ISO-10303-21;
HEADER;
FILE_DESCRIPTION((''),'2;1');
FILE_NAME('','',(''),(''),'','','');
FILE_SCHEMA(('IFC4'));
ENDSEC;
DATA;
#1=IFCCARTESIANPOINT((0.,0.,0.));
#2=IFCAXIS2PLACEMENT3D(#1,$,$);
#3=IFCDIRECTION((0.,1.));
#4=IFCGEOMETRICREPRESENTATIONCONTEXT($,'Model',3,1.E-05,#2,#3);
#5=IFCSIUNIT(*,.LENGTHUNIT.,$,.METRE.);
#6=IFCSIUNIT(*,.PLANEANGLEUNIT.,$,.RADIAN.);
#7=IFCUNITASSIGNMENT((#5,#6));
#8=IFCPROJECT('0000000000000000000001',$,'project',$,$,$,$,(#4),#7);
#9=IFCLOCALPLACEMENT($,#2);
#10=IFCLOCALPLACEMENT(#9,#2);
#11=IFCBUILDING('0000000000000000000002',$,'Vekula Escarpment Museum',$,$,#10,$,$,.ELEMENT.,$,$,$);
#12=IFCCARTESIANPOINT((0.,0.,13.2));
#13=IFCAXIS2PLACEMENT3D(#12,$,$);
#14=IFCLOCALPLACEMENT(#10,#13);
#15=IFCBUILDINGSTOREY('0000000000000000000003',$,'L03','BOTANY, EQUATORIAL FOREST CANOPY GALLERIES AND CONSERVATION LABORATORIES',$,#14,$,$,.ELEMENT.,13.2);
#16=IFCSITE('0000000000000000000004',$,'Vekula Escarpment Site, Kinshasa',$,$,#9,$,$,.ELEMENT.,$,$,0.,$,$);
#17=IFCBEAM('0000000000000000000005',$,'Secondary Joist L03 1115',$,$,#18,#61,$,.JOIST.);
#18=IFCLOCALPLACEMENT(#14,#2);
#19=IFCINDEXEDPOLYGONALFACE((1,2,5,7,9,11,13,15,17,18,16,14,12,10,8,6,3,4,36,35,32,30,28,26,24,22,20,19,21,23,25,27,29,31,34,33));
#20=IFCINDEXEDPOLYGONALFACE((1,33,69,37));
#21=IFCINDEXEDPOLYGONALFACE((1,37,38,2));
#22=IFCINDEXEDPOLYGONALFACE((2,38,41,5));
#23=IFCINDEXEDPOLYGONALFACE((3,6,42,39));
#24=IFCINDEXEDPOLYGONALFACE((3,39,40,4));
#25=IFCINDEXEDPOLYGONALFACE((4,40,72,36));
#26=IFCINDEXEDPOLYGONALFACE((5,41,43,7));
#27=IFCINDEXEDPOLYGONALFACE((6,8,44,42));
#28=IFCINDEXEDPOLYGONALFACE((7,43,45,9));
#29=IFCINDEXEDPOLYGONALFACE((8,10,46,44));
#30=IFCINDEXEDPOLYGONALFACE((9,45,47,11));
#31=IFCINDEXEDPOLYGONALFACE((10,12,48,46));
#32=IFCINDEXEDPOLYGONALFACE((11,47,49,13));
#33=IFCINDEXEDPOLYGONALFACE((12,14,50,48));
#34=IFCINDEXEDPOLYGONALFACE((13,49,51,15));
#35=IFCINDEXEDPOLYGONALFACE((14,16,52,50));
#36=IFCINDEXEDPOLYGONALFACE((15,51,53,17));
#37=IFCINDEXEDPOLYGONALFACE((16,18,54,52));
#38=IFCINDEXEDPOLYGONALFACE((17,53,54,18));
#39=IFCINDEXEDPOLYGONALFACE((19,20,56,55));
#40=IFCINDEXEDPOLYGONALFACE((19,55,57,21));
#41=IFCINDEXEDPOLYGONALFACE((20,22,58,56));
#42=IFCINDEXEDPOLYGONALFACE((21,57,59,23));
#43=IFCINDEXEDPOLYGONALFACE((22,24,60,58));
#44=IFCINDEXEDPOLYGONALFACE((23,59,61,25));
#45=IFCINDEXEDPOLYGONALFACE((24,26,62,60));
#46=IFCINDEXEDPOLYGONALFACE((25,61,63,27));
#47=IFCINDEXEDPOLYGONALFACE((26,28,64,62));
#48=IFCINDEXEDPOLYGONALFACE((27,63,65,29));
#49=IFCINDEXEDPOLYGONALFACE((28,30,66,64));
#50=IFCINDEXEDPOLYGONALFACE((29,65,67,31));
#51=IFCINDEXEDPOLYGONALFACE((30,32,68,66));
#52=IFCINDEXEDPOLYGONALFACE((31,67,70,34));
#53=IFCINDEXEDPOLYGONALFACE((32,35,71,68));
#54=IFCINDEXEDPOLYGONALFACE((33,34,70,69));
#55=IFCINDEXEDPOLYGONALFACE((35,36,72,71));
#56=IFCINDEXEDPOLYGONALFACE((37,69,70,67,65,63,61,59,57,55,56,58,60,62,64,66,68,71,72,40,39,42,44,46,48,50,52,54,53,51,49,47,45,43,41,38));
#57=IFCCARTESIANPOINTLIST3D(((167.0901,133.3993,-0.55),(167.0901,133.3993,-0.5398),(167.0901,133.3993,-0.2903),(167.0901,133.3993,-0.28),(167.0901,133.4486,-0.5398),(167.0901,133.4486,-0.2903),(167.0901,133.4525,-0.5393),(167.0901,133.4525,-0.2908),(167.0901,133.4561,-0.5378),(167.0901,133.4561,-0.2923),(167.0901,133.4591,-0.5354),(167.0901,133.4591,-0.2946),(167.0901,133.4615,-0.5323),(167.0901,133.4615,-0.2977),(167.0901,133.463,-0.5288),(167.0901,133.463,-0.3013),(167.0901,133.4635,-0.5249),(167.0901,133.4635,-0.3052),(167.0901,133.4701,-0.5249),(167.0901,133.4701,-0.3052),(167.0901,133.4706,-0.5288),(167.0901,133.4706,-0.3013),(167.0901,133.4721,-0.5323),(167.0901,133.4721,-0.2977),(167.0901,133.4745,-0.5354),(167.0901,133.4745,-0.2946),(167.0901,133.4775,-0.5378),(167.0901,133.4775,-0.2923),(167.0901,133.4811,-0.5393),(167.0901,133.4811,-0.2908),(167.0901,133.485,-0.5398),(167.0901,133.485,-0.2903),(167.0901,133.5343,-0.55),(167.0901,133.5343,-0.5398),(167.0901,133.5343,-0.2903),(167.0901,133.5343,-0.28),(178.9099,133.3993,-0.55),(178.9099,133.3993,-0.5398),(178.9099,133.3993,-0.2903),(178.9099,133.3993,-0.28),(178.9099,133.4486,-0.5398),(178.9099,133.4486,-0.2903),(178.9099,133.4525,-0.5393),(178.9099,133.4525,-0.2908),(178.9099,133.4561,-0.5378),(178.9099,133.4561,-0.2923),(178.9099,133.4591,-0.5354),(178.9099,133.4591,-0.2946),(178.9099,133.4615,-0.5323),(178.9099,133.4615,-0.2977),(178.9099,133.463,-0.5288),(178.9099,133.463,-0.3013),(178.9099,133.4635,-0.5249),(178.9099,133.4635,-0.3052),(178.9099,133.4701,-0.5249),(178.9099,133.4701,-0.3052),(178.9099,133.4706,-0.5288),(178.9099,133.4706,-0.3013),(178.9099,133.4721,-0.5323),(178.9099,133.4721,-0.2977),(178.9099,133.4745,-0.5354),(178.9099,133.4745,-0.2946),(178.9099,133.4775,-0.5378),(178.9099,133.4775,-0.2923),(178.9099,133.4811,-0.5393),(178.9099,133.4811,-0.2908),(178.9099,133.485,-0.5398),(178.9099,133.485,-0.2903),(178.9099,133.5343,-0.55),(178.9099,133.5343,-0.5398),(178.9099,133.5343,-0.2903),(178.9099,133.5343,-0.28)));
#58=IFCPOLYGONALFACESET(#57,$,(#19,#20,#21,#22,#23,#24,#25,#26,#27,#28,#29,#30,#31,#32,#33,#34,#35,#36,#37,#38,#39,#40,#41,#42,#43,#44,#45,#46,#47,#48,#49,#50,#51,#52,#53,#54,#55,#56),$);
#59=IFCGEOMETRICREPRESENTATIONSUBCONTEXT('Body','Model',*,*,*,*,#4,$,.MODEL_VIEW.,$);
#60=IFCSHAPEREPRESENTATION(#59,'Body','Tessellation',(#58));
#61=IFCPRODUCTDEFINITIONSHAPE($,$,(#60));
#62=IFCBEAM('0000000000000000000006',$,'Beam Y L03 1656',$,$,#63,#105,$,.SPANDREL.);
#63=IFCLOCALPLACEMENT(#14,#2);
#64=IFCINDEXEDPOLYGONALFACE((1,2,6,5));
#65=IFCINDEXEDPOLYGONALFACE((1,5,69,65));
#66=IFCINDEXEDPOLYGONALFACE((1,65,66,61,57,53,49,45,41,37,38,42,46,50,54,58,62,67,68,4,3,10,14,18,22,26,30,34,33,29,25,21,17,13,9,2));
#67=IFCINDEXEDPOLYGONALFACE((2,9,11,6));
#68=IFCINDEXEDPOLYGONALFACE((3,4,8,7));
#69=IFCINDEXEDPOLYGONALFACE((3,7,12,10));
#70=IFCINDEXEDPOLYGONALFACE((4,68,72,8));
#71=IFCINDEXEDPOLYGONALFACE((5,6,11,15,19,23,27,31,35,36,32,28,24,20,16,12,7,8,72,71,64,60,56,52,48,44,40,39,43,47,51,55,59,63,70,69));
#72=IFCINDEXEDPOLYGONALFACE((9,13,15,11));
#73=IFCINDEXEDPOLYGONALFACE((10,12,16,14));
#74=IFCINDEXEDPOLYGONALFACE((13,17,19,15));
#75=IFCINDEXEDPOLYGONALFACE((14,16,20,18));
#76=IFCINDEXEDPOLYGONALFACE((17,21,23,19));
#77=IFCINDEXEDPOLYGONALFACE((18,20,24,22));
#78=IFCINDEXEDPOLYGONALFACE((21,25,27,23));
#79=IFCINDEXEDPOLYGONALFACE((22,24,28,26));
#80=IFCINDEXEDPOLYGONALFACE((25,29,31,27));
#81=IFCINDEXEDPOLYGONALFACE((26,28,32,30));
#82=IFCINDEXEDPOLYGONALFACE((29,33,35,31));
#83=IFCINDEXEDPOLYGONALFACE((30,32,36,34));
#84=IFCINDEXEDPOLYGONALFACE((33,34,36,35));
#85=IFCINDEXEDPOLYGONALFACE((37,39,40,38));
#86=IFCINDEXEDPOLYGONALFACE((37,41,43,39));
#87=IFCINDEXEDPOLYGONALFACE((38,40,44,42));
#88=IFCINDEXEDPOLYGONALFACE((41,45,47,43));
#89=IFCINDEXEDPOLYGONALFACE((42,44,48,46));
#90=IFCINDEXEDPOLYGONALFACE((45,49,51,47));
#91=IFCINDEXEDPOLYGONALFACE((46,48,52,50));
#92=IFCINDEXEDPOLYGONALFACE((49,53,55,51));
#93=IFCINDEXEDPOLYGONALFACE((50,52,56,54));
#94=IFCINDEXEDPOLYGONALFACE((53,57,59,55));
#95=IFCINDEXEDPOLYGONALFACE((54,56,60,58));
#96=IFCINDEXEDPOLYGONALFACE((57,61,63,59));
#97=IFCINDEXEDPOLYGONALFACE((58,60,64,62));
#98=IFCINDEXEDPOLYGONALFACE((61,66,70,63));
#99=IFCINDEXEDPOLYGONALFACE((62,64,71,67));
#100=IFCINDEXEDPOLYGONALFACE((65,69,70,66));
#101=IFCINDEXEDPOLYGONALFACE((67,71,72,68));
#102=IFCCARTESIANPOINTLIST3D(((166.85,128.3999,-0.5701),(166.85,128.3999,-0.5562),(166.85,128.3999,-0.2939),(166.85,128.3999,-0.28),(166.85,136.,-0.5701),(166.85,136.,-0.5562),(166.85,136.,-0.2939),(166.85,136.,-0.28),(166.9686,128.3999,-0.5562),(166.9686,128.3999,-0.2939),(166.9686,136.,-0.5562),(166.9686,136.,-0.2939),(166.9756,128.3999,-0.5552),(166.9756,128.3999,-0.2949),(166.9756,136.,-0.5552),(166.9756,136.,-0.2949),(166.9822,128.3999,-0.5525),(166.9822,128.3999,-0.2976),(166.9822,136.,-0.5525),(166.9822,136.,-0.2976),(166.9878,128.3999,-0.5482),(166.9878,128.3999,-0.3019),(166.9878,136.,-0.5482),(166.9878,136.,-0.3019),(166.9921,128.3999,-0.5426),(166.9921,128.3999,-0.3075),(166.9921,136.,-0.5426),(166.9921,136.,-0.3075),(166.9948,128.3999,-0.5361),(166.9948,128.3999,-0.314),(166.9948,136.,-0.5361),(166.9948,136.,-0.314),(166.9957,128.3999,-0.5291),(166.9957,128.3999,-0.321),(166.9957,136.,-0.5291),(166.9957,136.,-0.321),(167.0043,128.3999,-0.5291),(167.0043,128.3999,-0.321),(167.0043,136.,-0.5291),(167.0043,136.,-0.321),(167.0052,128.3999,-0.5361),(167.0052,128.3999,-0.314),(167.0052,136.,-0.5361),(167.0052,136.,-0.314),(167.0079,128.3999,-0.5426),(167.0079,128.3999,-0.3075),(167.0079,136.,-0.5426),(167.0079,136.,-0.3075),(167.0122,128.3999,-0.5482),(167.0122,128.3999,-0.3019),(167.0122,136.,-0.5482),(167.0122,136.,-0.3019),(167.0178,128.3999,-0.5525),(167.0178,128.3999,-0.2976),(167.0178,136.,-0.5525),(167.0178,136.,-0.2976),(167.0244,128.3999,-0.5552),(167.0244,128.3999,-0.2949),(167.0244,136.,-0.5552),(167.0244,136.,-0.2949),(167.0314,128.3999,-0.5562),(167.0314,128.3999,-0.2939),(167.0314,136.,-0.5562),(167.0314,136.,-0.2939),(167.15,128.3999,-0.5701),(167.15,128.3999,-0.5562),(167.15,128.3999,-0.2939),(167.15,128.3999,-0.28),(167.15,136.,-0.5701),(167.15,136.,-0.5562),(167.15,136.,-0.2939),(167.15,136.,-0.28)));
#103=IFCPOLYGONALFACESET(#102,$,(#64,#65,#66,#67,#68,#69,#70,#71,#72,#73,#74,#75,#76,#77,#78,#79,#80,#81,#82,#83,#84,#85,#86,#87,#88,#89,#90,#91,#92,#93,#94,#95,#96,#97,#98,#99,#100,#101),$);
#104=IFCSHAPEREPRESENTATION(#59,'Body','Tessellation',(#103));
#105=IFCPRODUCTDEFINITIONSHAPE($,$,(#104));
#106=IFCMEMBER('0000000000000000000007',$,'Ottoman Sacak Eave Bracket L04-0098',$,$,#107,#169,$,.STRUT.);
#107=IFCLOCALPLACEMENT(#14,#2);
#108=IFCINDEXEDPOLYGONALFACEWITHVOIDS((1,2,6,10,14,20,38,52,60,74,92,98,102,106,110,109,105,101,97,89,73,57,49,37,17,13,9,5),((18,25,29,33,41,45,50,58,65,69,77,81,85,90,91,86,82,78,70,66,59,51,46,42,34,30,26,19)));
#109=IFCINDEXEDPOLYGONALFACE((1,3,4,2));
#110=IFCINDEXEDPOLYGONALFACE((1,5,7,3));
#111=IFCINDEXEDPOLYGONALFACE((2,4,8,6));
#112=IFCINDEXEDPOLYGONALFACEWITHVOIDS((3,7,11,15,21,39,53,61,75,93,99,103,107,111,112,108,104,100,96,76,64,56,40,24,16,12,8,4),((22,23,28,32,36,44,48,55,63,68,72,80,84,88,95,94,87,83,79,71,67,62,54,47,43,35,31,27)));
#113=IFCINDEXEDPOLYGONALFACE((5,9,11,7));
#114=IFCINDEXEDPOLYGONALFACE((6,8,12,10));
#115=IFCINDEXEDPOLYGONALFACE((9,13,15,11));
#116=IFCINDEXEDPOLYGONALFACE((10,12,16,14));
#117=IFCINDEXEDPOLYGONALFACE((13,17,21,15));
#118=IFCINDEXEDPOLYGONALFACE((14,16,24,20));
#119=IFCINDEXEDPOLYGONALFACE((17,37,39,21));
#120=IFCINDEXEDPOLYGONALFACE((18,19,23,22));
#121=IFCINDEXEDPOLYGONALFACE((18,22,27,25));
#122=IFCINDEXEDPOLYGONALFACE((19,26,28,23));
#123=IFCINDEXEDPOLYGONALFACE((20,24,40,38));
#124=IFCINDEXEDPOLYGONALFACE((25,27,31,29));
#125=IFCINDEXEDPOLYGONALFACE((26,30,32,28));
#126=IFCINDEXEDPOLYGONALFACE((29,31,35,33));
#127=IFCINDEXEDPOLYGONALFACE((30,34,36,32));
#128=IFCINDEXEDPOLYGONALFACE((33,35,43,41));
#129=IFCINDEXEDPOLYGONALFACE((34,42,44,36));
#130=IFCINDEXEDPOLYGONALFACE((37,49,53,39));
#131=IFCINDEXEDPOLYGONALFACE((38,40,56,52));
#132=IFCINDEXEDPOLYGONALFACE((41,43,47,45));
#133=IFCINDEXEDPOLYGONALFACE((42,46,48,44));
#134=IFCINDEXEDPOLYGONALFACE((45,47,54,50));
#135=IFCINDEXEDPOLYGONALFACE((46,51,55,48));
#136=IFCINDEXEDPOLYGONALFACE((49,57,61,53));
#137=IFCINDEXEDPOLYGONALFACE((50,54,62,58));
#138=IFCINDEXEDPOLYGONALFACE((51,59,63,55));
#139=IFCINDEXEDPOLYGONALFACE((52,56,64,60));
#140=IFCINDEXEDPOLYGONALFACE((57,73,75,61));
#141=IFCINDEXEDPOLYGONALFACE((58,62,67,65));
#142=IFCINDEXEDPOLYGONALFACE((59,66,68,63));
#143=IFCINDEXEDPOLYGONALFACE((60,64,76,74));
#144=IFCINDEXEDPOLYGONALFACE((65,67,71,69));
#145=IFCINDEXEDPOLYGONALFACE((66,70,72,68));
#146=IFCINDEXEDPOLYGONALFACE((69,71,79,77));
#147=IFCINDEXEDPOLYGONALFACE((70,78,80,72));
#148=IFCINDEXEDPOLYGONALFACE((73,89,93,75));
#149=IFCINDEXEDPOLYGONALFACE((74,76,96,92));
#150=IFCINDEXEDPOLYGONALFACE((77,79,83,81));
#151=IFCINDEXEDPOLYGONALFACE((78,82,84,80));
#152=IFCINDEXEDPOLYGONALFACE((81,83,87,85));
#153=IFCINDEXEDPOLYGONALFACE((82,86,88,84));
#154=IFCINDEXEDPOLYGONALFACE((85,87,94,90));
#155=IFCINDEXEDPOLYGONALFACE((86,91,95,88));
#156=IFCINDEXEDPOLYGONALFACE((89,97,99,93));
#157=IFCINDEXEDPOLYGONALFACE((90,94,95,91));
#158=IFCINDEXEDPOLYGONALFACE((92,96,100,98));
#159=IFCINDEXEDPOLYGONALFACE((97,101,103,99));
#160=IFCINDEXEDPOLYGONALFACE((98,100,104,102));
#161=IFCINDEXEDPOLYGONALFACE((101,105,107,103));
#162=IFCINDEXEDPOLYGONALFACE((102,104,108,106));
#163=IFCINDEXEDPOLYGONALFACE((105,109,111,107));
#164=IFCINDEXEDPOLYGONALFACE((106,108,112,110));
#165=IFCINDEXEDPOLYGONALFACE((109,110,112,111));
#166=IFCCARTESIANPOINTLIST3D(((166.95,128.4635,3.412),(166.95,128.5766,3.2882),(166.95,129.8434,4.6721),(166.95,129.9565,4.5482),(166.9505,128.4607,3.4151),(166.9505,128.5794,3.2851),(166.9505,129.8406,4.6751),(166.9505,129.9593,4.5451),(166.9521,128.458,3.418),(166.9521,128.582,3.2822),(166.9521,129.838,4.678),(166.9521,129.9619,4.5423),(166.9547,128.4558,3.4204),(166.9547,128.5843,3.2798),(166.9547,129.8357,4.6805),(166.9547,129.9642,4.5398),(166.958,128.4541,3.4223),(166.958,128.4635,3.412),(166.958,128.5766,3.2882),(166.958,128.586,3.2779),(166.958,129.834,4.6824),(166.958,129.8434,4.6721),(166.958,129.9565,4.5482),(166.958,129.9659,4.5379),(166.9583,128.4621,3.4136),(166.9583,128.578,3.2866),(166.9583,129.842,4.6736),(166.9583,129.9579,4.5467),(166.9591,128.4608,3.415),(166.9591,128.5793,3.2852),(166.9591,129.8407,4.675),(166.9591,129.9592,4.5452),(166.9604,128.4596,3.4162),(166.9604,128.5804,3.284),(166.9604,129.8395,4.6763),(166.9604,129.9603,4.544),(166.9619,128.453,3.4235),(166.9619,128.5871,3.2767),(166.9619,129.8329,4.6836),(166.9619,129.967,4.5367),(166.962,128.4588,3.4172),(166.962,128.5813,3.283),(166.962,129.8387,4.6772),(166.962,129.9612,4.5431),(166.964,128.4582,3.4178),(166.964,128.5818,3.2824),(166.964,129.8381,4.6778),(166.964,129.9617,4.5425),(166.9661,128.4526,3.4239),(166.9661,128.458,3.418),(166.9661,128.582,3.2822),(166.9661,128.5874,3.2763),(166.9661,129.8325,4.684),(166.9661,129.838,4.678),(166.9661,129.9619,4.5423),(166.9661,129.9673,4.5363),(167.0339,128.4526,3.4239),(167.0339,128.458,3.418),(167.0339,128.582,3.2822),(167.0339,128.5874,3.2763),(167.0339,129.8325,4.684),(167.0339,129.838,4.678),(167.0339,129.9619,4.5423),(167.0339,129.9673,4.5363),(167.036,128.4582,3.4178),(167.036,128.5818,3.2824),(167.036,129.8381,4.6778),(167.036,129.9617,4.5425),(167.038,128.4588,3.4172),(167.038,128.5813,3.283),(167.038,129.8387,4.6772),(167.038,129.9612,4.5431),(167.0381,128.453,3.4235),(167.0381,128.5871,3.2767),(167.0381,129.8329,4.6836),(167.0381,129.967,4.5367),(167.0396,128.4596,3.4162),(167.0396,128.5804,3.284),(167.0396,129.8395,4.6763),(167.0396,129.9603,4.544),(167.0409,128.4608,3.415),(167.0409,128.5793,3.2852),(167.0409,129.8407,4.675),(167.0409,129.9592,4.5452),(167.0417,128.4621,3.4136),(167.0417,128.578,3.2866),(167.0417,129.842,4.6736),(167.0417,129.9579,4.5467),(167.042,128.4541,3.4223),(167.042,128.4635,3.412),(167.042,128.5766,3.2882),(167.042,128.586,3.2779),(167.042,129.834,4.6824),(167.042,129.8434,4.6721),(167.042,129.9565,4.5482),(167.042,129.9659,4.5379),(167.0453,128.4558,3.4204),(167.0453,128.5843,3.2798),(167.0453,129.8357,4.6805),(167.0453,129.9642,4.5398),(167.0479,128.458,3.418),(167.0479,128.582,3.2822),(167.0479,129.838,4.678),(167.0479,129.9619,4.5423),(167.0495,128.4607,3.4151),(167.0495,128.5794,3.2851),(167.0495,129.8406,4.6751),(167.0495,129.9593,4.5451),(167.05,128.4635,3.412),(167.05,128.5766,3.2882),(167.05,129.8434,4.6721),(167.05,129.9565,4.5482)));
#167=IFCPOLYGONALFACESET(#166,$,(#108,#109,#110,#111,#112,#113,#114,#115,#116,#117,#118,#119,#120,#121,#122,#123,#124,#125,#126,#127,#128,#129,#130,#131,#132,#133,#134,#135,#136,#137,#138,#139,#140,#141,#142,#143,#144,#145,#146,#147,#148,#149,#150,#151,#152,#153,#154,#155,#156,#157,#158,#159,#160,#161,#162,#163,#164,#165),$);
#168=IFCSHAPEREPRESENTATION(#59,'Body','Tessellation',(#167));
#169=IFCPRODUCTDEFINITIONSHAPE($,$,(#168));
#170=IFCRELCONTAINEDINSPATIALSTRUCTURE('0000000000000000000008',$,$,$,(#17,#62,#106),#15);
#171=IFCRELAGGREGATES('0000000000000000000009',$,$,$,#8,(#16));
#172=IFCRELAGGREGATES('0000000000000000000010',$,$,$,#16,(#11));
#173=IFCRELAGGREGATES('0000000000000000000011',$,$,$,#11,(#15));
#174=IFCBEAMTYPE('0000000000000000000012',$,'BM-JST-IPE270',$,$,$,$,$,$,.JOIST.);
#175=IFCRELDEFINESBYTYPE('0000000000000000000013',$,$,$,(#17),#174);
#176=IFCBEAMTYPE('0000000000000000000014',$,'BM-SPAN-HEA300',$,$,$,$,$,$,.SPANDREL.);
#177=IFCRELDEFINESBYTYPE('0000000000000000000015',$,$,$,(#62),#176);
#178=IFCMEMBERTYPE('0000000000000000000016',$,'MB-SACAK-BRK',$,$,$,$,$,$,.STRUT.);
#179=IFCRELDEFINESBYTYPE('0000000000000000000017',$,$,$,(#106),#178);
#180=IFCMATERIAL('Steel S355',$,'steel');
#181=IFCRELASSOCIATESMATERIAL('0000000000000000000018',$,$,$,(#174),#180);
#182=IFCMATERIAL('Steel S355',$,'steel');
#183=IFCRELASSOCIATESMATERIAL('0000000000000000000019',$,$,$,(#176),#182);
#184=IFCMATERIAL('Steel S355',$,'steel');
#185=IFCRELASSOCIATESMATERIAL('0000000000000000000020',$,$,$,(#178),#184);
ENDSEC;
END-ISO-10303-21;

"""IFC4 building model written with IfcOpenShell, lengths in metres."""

from ifc_helpers import new_model, si_unit, direction, frame, origin, origin_2d, place, context, subcontext, project, spatial, hollow_rectangle, i_section, extrude, material, material_profile, profile_set, type_object, element, save


model = new_model("IFC4")

# Units and contexts
model_context = context("Model", 3, precision=1e-05, world=origin(), true_north=direction((0.0, 1.0)))
body_context = subcontext(model_context, "Body", "Model", "MODEL_VIEW")
ifc_project = project(units=[si_unit("LENGTHUNIT", "METRE"), si_unit("PLANEANGLEUNIT", "RADIAN")], contexts=[model_context])

# Site, building, storey
site_placement = place(None, origin())
site = spatial("IfcSite", under=ifc_project, at=site_placement, Name="Vekula Escarpment Site, Kinshasa", CompositionType="ELEMENT", RefElevation=0.0)
building_placement = place(site_placement, origin())
building = spatial("IfcBuilding", under=site, at=building_placement, Name="Vekula Escarpment Museum", CompositionType="ELEMENT")
storey_placement = place(building_placement, frame((0.0, 0.0, 13.2)))
storey = spatial("IfcBuildingStorey", under=building, at=storey_placement, Name="L03", Description="BOTANY, EQUATORIAL FOREST CANOPY GALLERIES AND CONSERVATION LABORATORIES", CompositionType="ELEMENT", Elevation=13.2)

# Beams
ifc_material_1 = material(Name="Steel S355", Category="steel")
ifc_material_profile_1 = material_profile(ifc_material_1, i_section(OverallWidth=0.135, OverallDepth=0.27, WebThickness=0.0066, FlangeThickness=0.0103, FilletRadius=0.0149, at=origin_2d()), Name="IPE 270")
ifc_profile_set_1 = profile_set([ifc_material_profile_1], Name="Steel S355")
beam_type_1 = type_object("IfcBeamType", Name="BM-JST-IPE270", PredefinedType="JOIST", material=ifc_profile_set_1)
for number, where, z_axis, x_axis, name in (
    (1, (167.0901, 133.4668, -0.415), (1.0, 0.0, 0.0), (0.0, 1.0, 0.0), "Secondary Joist L03 1115"),
):
    element("IfcBeam", number, at=place(storey_placement, frame(where, z_axis=z_axis, x_axis=x_axis)), inside=storey, type_object=beam_type_1, Name=name, PredefinedType="JOIST", context=body_context, shape_type="SweptSolid", body=[
        extrude(i_section(OverallWidth=0.135, OverallDepth=0.27, WebThickness=0.0066, FlangeThickness=0.0103, FilletRadius=0.0149, at=origin_2d()), origin(), (0.0, 0.0, 1.0), 11.8198),
    ])
ifc_material_2 = material(Name="Steel S355", Category="steel")
ifc_material_profile_2 = material_profile(ifc_material_2, i_section(OverallWidth=0.3, OverallDepth=0.29, WebThickness=0.0085, FlangeThickness=0.0139, FilletRadius=0.0271, at=origin_2d()), Name="HEA 300")
ifc_profile_set_2 = profile_set([ifc_material_profile_2], Name="Steel S355")
beam_type_2 = type_object("IfcBeamType", Name="BM-SPAN-HEA300", PredefinedType="SPANDREL", material=ifc_profile_set_2)
beam_1_placement = place(storey_placement, frame((167.0, 128.3999, -0.425), z_axis=(0.0, 1.0, 0.0), x_axis=(-1.0, 0.0, 0.0)))
element("IfcBeam", 2, at=beam_1_placement, inside=storey, type_object=beam_type_2, Name="Beam Y L03 1656", PredefinedType="SPANDREL", context=body_context, shape_type="SweptSolid", body=[
    extrude(i_section(OverallWidth=0.3, OverallDepth=0.29, WebThickness=0.0085, FlangeThickness=0.0139, FilletRadius=0.0271, at=origin_2d()), origin(), (0.0, 0.0, 1.0), 7.6001),
])

# Member
ifc_material_3 = material(Name="Steel S355", Category="steel")
ifc_material_profile_3 = material_profile(ifc_material_3, hollow_rectangle(XDim=0.1001, YDim=0.2, WallThickness=0.0081, InnerFilletRadius=0.0081, OuterFilletRadius=0.0161, at=origin_2d()), Name="RHS 200x100x8")
ifc_profile_set_3 = profile_set([ifc_material_profile_3], Name="Steel S355")
member_type = type_object("IfcMemberType", Name="MB-SACAK-BRK", PredefinedType="STRUT", material=ifc_profile_set_3)
for number, where, z_axis, x_axis, name in (
    (3, (167.0, 128.52, 3.3501), (0.0, 0.738454, 0.674303), (-1.0, 0.0, 0.0), "Ottoman Sacak Eave Bracket L04-0098"),
):
    element("IfcMember", number, at=place(storey_placement, frame(where, z_axis=z_axis, x_axis=x_axis)), inside=storey, type_object=member_type, Name=name, PredefinedType="STRUT", context=body_context, shape_type="SweptSolid", body=[
        extrude(hollow_rectangle(XDim=0.1001, YDim=0.2, WallThickness=0.0081, InnerFilletRadius=0.0081, OuterFilletRadius=0.0161, at=origin_2d()), origin(), (0.0, 0.0, 1.0), 1.8687),
    ])

save(model, "model.ifc")
